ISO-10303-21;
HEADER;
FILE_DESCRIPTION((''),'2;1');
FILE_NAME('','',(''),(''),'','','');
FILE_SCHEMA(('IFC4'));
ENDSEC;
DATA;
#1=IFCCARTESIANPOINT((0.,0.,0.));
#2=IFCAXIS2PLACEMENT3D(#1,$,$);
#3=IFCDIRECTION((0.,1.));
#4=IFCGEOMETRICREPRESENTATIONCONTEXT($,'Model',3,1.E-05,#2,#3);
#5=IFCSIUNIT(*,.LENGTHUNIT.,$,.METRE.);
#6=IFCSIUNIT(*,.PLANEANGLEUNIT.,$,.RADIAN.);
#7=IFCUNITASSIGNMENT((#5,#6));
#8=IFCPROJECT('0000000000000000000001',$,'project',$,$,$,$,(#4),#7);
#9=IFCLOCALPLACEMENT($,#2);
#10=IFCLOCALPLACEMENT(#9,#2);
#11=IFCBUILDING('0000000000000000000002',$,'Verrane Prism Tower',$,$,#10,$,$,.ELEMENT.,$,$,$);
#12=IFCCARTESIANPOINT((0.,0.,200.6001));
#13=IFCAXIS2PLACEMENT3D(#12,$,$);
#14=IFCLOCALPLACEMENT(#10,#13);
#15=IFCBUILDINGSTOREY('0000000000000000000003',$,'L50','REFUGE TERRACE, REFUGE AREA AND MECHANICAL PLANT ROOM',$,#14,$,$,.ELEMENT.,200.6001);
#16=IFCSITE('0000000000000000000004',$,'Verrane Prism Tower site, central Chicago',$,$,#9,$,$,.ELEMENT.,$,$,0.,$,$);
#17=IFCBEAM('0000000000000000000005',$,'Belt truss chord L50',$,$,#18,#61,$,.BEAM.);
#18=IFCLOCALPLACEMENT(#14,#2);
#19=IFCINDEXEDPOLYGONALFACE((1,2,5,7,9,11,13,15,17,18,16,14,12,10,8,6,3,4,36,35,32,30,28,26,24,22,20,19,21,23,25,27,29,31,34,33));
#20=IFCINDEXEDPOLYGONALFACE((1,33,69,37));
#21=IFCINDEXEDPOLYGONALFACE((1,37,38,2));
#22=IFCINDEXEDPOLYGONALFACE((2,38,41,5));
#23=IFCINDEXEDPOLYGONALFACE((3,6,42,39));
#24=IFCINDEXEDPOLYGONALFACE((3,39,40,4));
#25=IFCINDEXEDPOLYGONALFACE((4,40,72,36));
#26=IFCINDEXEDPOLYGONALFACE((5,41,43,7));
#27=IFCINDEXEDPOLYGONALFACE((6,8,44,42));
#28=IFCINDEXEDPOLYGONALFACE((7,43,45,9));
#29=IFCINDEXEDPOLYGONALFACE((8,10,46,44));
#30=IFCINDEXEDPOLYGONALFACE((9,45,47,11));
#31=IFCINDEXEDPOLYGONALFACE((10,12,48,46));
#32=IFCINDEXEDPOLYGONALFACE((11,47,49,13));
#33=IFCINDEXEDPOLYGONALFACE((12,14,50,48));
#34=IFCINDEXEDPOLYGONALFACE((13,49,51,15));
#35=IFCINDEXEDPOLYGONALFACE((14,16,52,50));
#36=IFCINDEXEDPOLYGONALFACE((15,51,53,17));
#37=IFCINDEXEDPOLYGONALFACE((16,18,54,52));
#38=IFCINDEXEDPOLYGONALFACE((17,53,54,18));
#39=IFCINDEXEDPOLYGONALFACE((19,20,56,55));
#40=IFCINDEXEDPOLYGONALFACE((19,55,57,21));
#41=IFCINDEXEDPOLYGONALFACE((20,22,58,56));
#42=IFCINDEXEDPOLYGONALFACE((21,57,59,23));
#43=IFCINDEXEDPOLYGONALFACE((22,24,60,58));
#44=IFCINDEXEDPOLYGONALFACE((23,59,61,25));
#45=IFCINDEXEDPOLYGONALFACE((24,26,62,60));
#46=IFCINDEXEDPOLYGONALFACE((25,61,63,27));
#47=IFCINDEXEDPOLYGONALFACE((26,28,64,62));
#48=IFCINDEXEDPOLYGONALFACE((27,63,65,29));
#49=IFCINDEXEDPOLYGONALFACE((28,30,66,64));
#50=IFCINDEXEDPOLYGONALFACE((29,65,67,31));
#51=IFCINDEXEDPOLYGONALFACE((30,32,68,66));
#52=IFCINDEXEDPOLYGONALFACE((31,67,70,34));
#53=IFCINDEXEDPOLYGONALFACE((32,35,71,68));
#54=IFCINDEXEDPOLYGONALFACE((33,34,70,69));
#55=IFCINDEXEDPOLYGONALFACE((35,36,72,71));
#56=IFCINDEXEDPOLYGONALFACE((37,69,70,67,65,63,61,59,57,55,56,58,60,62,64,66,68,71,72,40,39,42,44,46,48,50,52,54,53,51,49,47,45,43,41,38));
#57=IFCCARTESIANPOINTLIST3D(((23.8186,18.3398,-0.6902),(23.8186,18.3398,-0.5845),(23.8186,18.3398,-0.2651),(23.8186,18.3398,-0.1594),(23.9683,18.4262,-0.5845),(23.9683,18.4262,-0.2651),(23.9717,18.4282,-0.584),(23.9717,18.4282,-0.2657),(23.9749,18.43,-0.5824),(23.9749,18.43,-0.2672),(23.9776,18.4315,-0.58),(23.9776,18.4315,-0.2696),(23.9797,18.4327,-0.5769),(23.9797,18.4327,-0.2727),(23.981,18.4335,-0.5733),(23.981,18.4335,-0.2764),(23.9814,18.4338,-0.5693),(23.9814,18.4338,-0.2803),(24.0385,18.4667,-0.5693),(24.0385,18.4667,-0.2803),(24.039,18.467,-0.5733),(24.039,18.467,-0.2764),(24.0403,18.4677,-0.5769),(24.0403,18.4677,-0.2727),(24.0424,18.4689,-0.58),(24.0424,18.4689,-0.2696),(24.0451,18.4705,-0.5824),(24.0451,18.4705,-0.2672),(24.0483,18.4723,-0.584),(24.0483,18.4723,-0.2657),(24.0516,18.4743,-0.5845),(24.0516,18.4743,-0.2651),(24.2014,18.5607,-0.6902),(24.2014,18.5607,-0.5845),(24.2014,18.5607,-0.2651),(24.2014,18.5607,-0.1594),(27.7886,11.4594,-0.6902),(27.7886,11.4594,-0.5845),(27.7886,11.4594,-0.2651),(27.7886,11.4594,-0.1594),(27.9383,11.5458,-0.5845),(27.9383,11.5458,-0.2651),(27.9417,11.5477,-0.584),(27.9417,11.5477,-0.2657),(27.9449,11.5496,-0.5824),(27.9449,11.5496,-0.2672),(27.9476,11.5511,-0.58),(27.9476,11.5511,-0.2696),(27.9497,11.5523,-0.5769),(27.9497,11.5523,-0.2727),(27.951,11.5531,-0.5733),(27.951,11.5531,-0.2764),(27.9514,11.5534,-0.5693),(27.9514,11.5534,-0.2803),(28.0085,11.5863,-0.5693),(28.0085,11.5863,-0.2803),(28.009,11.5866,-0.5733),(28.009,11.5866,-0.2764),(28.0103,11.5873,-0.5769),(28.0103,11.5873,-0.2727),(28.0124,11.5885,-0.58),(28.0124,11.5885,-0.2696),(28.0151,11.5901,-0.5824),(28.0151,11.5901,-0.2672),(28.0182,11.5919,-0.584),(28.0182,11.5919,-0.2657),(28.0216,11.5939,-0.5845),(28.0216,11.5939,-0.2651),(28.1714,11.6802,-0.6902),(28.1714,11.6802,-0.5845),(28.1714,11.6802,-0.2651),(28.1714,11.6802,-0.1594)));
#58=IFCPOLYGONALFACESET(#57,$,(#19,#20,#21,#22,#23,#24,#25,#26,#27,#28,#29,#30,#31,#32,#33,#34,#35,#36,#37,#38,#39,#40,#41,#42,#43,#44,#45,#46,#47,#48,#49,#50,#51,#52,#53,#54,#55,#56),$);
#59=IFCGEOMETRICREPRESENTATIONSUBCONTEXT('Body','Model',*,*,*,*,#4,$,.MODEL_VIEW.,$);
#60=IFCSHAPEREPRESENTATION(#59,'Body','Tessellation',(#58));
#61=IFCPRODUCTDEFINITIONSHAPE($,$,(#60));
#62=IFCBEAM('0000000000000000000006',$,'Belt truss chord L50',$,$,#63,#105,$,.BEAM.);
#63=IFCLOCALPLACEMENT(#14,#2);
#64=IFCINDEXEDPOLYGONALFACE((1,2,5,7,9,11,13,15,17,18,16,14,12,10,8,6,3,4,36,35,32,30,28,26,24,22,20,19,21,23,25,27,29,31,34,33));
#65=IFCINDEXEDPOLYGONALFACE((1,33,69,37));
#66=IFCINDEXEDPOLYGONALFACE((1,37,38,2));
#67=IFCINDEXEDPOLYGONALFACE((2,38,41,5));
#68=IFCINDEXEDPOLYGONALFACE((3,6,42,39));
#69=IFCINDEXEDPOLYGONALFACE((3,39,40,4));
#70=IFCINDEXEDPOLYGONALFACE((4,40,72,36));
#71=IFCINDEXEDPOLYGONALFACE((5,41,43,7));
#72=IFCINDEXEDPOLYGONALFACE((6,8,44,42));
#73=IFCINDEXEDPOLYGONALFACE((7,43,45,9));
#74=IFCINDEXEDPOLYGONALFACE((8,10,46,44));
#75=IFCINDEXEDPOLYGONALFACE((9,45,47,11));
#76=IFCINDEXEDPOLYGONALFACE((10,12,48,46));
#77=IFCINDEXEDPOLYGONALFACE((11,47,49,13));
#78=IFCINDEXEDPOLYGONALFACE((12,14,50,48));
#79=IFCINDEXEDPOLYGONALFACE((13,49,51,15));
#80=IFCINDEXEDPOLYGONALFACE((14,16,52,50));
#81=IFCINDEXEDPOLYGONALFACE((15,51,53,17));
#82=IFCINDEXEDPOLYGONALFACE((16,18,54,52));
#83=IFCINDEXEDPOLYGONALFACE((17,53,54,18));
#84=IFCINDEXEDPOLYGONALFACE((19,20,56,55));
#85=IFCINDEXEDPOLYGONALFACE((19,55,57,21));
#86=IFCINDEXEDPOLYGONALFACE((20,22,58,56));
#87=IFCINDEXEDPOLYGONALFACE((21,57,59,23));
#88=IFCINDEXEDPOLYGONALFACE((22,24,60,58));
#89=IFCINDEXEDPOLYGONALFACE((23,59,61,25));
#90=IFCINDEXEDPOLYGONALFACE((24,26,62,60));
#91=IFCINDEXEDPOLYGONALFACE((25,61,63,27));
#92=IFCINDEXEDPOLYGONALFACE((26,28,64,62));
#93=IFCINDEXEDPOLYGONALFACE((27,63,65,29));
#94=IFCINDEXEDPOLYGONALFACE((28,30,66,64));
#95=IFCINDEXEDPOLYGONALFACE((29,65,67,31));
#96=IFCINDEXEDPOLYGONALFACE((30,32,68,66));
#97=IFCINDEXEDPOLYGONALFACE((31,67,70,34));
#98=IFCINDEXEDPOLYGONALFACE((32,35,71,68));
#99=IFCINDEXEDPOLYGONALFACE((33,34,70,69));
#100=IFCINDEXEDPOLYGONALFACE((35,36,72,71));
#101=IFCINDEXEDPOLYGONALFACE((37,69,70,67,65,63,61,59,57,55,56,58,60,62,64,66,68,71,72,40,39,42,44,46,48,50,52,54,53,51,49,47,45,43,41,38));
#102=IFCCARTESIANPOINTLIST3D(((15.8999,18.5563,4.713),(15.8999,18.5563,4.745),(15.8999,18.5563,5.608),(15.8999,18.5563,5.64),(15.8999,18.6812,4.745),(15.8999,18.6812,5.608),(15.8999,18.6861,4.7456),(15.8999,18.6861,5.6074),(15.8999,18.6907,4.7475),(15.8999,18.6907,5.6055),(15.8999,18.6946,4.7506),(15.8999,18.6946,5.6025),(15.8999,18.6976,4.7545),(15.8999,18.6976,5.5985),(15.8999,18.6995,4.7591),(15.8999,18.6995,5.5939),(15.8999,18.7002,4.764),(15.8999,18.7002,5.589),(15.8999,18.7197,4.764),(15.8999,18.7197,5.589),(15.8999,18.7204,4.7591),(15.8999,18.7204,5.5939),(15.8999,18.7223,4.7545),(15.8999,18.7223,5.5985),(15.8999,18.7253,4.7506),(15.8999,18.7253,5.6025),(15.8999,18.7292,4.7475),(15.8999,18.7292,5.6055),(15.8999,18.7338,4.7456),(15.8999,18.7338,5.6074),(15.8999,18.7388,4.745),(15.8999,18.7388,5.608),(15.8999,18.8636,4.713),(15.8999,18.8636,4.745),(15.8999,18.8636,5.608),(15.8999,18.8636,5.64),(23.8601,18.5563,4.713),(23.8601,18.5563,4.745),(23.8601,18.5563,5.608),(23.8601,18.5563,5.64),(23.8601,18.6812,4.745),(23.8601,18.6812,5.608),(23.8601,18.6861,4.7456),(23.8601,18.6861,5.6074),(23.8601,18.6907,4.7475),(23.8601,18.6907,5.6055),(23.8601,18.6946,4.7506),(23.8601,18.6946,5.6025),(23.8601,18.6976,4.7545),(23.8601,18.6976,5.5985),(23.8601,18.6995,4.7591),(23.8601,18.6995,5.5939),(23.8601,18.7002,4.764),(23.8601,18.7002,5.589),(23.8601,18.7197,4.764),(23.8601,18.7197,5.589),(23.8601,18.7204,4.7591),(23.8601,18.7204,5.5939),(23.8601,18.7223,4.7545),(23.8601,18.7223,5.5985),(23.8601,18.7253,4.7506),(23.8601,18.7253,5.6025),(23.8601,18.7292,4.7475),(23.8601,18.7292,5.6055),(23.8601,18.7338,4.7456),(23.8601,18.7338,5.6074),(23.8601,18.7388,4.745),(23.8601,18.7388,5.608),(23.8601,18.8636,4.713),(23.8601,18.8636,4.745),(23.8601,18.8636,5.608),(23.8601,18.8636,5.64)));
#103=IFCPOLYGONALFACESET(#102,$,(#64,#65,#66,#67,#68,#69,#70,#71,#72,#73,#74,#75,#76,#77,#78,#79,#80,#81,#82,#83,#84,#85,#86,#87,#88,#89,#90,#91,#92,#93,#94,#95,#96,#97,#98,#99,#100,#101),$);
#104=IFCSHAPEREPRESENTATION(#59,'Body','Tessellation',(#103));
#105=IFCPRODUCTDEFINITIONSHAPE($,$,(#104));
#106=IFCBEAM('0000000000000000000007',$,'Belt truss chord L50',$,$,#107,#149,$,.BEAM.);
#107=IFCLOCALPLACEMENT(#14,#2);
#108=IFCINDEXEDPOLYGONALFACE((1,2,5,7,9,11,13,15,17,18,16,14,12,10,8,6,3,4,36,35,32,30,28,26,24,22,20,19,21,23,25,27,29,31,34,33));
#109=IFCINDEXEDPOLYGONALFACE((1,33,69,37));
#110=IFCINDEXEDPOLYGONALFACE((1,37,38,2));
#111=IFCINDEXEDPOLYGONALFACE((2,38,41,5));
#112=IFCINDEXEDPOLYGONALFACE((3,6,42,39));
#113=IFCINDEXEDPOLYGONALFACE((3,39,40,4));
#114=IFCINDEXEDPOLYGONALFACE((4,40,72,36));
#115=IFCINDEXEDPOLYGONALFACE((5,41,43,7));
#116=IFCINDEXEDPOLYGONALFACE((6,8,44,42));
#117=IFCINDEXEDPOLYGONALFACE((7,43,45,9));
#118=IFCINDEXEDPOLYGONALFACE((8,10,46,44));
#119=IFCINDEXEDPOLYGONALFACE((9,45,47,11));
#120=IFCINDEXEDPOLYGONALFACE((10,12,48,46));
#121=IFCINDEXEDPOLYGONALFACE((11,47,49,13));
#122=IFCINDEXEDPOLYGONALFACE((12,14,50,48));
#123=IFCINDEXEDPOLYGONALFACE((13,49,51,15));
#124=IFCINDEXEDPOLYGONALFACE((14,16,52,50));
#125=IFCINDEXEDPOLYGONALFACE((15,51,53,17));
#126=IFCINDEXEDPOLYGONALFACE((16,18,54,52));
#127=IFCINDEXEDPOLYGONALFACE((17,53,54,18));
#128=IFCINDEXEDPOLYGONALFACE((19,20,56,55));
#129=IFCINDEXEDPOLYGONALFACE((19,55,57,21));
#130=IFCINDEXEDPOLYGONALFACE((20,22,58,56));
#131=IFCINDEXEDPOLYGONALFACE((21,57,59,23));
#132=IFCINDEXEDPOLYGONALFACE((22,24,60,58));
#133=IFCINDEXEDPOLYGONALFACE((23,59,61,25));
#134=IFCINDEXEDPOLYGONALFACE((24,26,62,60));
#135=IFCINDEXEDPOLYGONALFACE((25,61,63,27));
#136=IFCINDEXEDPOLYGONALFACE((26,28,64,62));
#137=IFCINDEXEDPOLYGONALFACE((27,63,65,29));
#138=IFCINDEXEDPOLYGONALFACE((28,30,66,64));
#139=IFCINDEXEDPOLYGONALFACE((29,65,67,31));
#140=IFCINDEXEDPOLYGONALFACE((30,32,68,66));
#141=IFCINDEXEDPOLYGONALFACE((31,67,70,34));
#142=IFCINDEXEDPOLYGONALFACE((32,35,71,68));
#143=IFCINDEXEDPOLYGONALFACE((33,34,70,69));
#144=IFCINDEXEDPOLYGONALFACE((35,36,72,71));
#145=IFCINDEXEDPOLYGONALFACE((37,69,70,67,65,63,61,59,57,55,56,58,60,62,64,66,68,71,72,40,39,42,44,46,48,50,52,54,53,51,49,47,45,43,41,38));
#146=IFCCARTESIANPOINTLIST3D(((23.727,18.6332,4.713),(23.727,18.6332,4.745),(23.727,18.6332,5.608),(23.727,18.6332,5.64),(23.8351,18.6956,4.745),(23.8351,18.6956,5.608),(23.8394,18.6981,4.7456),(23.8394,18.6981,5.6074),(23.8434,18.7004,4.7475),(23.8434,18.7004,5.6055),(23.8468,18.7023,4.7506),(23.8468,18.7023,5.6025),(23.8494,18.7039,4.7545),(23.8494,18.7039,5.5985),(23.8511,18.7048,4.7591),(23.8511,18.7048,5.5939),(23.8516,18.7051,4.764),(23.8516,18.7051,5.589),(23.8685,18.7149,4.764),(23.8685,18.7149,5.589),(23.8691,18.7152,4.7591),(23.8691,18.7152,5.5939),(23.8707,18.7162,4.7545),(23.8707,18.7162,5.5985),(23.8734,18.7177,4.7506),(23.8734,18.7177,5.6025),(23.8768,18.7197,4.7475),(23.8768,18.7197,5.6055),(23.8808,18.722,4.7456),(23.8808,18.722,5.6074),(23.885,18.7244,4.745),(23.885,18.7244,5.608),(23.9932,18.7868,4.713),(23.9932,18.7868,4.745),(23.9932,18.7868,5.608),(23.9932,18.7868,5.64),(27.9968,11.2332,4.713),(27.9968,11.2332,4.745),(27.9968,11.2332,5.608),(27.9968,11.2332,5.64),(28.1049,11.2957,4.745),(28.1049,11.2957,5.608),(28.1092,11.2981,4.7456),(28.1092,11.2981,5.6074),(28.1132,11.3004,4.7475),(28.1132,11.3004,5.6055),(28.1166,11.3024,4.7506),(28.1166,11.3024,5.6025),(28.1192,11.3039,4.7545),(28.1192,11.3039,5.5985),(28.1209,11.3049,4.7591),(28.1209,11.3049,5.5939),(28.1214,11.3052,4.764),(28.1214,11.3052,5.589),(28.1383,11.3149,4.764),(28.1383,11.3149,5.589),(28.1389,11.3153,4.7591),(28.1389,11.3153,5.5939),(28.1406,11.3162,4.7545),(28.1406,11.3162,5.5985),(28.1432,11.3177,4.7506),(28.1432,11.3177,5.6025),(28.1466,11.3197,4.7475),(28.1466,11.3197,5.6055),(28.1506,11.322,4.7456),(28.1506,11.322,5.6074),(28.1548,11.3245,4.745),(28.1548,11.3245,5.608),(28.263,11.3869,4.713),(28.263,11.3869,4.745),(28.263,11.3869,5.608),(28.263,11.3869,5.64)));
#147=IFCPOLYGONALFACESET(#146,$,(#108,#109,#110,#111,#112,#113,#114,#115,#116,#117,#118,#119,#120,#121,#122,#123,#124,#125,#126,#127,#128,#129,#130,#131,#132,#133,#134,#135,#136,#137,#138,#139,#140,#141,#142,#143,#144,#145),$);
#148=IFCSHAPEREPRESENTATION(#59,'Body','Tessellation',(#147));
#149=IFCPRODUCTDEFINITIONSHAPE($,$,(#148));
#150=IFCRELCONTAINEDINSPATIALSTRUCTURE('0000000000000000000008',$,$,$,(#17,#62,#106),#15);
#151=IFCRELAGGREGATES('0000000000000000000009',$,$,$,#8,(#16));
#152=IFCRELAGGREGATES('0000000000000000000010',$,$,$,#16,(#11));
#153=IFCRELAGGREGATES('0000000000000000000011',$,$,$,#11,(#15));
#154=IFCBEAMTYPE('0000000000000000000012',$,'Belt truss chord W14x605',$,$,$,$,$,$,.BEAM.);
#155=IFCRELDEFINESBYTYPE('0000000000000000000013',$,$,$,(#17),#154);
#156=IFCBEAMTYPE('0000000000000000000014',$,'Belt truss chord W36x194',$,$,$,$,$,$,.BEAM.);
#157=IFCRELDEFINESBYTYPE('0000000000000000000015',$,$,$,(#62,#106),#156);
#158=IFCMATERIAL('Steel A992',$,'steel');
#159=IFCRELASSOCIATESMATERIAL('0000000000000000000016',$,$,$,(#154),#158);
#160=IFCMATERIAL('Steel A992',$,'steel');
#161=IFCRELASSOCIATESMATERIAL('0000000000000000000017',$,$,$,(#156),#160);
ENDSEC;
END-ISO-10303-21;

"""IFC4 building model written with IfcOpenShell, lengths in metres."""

from ifc_helpers import new_model, si_unit, direction, frame, origin, origin_2d, place, context, subcontext, project, spatial, i_section, extrude, material, material_profile, profile_set, type_object, element, save


model = new_model("IFC4")

# Units and contexts
model_context = context("Model", 3, precision=1e-05, world=origin(), true_north=direction((0.0, 1.0)))
body_context = subcontext(model_context, "Body", "Model", "MODEL_VIEW")
ifc_project = project(units=[si_unit("LENGTHUNIT", "METRE"), si_unit("PLANEANGLEUNIT", "RADIAN")], contexts=[model_context])

# Site, building, storey
site_placement = place(None, origin())
site = spatial("IfcSite", under=ifc_project, at=site_placement, Name="Verrane Prism Tower site, central Chicago", CompositionType="ELEMENT", RefElevation=0.0)
building_placement = place(site_placement, origin())
building = spatial("IfcBuilding", under=site, at=building_placement, Name="Verrane Prism Tower", CompositionType="ELEMENT")
storey_placement = place(building_placement, frame((0.0, 0.0, 200.6001)))
storey = spatial("IfcBuildingStorey", under=building, at=storey_placement, Name="L50", Description="REFUGE TERRACE, REFUGE AREA AND MECHANICAL PLANT ROOM", CompositionType="ELEMENT", Elevation=200.6001)

# Beams
ifc_material_1 = material(Name="Steel A992", Category="steel")
ifc_material_profile_1 = material_profile(ifc_material_1, i_section(OverallWidth=0.4419, OverallDepth=0.5308, WebThickness=0.0659, FlangeThickness=0.1057, FilletRadius=0.0151, at=origin_2d()), Name="W14x605")
ifc_profile_set_1 = profile_set([ifc_material_profile_1], Name="Steel A992")
beam_type_1 = type_object("IfcBeamType", Name="Belt truss chord W14x605", PredefinedType="BEAM", material=ifc_profile_set_1)
beam_1_placement = place(storey_placement, frame((27.98, 11.5698, -0.4248), z_axis=(-0.499772, 0.866157, 0.0), x_axis=(-0.866157, -0.499772, 0.0)))
element("IfcBeam", 1, at=beam_1_placement, inside=storey, type_object=beam_type_1, Name="Belt truss chord L50", PredefinedType="BEAM", context=body_context, shape_type="SweptSolid", body=[
    extrude(i_section(OverallWidth=0.4419, OverallDepth=0.5308, WebThickness=0.0659, FlangeThickness=0.1057, FilletRadius=0.0151, at=origin_2d()), origin(), (0.0, 0.0, 1.0), 7.9436),
])
ifc_material_2 = material(Name="Steel A992", Category="steel")
ifc_material_profile_2 = material_profile(ifc_material_2, i_section(OverallWidth=0.3074, OverallDepth=0.927, WebThickness=0.0195, FlangeThickness=0.032, FilletRadius=0.019, at=origin_2d()), Name="W36x194")
ifc_profile_set_2 = profile_set([ifc_material_profile_2], Name="Steel A992")
beam_type_2 = type_object("IfcBeamType", Name="Belt truss chord W36x194", PredefinedType="BEAM", material=ifc_profile_set_2)
beam_2_placement = place(storey_placement, frame((23.8601, 18.71, 5.1765), z_axis=(-1.0, 0.0, 0.0), x_axis=(0.0, -1.0, 0.0)))
element("IfcBeam", 2, at=beam_2_placement, inside=storey, type_object=beam_type_2, Name="Belt truss chord L50", PredefinedType="BEAM", context=body_context, shape_type="SweptSolid", body=[
    extrude(i_section(OverallWidth=0.3074, OverallDepth=0.927, WebThickness=0.0195, FlangeThickness=0.032, FilletRadius=0.019, at=origin_2d()), origin(), (0.0, 0.0, 1.0), 7.9602),
])
beam_3_placement = place(storey_placement, frame((28.1299, 11.3101, 5.1765), z_axis=(-0.499775, 0.866155, 0.0), x_axis=(-0.866155, -0.499775, 0.0)))
element("IfcBeam", 3, at=beam_3_placement, inside=storey, type_object=beam_type_2, Name="Belt truss chord L50", PredefinedType="BEAM", context=body_context, shape_type="SweptSolid", body=[
    extrude(i_section(OverallWidth=0.3074, OverallDepth=0.927, WebThickness=0.0195, FlangeThickness=0.032, FilletRadius=0.019, at=origin_2d()), origin(), (0.0, 0.0, 1.0), 8.5435),
])

save(model, "model.ifc")
